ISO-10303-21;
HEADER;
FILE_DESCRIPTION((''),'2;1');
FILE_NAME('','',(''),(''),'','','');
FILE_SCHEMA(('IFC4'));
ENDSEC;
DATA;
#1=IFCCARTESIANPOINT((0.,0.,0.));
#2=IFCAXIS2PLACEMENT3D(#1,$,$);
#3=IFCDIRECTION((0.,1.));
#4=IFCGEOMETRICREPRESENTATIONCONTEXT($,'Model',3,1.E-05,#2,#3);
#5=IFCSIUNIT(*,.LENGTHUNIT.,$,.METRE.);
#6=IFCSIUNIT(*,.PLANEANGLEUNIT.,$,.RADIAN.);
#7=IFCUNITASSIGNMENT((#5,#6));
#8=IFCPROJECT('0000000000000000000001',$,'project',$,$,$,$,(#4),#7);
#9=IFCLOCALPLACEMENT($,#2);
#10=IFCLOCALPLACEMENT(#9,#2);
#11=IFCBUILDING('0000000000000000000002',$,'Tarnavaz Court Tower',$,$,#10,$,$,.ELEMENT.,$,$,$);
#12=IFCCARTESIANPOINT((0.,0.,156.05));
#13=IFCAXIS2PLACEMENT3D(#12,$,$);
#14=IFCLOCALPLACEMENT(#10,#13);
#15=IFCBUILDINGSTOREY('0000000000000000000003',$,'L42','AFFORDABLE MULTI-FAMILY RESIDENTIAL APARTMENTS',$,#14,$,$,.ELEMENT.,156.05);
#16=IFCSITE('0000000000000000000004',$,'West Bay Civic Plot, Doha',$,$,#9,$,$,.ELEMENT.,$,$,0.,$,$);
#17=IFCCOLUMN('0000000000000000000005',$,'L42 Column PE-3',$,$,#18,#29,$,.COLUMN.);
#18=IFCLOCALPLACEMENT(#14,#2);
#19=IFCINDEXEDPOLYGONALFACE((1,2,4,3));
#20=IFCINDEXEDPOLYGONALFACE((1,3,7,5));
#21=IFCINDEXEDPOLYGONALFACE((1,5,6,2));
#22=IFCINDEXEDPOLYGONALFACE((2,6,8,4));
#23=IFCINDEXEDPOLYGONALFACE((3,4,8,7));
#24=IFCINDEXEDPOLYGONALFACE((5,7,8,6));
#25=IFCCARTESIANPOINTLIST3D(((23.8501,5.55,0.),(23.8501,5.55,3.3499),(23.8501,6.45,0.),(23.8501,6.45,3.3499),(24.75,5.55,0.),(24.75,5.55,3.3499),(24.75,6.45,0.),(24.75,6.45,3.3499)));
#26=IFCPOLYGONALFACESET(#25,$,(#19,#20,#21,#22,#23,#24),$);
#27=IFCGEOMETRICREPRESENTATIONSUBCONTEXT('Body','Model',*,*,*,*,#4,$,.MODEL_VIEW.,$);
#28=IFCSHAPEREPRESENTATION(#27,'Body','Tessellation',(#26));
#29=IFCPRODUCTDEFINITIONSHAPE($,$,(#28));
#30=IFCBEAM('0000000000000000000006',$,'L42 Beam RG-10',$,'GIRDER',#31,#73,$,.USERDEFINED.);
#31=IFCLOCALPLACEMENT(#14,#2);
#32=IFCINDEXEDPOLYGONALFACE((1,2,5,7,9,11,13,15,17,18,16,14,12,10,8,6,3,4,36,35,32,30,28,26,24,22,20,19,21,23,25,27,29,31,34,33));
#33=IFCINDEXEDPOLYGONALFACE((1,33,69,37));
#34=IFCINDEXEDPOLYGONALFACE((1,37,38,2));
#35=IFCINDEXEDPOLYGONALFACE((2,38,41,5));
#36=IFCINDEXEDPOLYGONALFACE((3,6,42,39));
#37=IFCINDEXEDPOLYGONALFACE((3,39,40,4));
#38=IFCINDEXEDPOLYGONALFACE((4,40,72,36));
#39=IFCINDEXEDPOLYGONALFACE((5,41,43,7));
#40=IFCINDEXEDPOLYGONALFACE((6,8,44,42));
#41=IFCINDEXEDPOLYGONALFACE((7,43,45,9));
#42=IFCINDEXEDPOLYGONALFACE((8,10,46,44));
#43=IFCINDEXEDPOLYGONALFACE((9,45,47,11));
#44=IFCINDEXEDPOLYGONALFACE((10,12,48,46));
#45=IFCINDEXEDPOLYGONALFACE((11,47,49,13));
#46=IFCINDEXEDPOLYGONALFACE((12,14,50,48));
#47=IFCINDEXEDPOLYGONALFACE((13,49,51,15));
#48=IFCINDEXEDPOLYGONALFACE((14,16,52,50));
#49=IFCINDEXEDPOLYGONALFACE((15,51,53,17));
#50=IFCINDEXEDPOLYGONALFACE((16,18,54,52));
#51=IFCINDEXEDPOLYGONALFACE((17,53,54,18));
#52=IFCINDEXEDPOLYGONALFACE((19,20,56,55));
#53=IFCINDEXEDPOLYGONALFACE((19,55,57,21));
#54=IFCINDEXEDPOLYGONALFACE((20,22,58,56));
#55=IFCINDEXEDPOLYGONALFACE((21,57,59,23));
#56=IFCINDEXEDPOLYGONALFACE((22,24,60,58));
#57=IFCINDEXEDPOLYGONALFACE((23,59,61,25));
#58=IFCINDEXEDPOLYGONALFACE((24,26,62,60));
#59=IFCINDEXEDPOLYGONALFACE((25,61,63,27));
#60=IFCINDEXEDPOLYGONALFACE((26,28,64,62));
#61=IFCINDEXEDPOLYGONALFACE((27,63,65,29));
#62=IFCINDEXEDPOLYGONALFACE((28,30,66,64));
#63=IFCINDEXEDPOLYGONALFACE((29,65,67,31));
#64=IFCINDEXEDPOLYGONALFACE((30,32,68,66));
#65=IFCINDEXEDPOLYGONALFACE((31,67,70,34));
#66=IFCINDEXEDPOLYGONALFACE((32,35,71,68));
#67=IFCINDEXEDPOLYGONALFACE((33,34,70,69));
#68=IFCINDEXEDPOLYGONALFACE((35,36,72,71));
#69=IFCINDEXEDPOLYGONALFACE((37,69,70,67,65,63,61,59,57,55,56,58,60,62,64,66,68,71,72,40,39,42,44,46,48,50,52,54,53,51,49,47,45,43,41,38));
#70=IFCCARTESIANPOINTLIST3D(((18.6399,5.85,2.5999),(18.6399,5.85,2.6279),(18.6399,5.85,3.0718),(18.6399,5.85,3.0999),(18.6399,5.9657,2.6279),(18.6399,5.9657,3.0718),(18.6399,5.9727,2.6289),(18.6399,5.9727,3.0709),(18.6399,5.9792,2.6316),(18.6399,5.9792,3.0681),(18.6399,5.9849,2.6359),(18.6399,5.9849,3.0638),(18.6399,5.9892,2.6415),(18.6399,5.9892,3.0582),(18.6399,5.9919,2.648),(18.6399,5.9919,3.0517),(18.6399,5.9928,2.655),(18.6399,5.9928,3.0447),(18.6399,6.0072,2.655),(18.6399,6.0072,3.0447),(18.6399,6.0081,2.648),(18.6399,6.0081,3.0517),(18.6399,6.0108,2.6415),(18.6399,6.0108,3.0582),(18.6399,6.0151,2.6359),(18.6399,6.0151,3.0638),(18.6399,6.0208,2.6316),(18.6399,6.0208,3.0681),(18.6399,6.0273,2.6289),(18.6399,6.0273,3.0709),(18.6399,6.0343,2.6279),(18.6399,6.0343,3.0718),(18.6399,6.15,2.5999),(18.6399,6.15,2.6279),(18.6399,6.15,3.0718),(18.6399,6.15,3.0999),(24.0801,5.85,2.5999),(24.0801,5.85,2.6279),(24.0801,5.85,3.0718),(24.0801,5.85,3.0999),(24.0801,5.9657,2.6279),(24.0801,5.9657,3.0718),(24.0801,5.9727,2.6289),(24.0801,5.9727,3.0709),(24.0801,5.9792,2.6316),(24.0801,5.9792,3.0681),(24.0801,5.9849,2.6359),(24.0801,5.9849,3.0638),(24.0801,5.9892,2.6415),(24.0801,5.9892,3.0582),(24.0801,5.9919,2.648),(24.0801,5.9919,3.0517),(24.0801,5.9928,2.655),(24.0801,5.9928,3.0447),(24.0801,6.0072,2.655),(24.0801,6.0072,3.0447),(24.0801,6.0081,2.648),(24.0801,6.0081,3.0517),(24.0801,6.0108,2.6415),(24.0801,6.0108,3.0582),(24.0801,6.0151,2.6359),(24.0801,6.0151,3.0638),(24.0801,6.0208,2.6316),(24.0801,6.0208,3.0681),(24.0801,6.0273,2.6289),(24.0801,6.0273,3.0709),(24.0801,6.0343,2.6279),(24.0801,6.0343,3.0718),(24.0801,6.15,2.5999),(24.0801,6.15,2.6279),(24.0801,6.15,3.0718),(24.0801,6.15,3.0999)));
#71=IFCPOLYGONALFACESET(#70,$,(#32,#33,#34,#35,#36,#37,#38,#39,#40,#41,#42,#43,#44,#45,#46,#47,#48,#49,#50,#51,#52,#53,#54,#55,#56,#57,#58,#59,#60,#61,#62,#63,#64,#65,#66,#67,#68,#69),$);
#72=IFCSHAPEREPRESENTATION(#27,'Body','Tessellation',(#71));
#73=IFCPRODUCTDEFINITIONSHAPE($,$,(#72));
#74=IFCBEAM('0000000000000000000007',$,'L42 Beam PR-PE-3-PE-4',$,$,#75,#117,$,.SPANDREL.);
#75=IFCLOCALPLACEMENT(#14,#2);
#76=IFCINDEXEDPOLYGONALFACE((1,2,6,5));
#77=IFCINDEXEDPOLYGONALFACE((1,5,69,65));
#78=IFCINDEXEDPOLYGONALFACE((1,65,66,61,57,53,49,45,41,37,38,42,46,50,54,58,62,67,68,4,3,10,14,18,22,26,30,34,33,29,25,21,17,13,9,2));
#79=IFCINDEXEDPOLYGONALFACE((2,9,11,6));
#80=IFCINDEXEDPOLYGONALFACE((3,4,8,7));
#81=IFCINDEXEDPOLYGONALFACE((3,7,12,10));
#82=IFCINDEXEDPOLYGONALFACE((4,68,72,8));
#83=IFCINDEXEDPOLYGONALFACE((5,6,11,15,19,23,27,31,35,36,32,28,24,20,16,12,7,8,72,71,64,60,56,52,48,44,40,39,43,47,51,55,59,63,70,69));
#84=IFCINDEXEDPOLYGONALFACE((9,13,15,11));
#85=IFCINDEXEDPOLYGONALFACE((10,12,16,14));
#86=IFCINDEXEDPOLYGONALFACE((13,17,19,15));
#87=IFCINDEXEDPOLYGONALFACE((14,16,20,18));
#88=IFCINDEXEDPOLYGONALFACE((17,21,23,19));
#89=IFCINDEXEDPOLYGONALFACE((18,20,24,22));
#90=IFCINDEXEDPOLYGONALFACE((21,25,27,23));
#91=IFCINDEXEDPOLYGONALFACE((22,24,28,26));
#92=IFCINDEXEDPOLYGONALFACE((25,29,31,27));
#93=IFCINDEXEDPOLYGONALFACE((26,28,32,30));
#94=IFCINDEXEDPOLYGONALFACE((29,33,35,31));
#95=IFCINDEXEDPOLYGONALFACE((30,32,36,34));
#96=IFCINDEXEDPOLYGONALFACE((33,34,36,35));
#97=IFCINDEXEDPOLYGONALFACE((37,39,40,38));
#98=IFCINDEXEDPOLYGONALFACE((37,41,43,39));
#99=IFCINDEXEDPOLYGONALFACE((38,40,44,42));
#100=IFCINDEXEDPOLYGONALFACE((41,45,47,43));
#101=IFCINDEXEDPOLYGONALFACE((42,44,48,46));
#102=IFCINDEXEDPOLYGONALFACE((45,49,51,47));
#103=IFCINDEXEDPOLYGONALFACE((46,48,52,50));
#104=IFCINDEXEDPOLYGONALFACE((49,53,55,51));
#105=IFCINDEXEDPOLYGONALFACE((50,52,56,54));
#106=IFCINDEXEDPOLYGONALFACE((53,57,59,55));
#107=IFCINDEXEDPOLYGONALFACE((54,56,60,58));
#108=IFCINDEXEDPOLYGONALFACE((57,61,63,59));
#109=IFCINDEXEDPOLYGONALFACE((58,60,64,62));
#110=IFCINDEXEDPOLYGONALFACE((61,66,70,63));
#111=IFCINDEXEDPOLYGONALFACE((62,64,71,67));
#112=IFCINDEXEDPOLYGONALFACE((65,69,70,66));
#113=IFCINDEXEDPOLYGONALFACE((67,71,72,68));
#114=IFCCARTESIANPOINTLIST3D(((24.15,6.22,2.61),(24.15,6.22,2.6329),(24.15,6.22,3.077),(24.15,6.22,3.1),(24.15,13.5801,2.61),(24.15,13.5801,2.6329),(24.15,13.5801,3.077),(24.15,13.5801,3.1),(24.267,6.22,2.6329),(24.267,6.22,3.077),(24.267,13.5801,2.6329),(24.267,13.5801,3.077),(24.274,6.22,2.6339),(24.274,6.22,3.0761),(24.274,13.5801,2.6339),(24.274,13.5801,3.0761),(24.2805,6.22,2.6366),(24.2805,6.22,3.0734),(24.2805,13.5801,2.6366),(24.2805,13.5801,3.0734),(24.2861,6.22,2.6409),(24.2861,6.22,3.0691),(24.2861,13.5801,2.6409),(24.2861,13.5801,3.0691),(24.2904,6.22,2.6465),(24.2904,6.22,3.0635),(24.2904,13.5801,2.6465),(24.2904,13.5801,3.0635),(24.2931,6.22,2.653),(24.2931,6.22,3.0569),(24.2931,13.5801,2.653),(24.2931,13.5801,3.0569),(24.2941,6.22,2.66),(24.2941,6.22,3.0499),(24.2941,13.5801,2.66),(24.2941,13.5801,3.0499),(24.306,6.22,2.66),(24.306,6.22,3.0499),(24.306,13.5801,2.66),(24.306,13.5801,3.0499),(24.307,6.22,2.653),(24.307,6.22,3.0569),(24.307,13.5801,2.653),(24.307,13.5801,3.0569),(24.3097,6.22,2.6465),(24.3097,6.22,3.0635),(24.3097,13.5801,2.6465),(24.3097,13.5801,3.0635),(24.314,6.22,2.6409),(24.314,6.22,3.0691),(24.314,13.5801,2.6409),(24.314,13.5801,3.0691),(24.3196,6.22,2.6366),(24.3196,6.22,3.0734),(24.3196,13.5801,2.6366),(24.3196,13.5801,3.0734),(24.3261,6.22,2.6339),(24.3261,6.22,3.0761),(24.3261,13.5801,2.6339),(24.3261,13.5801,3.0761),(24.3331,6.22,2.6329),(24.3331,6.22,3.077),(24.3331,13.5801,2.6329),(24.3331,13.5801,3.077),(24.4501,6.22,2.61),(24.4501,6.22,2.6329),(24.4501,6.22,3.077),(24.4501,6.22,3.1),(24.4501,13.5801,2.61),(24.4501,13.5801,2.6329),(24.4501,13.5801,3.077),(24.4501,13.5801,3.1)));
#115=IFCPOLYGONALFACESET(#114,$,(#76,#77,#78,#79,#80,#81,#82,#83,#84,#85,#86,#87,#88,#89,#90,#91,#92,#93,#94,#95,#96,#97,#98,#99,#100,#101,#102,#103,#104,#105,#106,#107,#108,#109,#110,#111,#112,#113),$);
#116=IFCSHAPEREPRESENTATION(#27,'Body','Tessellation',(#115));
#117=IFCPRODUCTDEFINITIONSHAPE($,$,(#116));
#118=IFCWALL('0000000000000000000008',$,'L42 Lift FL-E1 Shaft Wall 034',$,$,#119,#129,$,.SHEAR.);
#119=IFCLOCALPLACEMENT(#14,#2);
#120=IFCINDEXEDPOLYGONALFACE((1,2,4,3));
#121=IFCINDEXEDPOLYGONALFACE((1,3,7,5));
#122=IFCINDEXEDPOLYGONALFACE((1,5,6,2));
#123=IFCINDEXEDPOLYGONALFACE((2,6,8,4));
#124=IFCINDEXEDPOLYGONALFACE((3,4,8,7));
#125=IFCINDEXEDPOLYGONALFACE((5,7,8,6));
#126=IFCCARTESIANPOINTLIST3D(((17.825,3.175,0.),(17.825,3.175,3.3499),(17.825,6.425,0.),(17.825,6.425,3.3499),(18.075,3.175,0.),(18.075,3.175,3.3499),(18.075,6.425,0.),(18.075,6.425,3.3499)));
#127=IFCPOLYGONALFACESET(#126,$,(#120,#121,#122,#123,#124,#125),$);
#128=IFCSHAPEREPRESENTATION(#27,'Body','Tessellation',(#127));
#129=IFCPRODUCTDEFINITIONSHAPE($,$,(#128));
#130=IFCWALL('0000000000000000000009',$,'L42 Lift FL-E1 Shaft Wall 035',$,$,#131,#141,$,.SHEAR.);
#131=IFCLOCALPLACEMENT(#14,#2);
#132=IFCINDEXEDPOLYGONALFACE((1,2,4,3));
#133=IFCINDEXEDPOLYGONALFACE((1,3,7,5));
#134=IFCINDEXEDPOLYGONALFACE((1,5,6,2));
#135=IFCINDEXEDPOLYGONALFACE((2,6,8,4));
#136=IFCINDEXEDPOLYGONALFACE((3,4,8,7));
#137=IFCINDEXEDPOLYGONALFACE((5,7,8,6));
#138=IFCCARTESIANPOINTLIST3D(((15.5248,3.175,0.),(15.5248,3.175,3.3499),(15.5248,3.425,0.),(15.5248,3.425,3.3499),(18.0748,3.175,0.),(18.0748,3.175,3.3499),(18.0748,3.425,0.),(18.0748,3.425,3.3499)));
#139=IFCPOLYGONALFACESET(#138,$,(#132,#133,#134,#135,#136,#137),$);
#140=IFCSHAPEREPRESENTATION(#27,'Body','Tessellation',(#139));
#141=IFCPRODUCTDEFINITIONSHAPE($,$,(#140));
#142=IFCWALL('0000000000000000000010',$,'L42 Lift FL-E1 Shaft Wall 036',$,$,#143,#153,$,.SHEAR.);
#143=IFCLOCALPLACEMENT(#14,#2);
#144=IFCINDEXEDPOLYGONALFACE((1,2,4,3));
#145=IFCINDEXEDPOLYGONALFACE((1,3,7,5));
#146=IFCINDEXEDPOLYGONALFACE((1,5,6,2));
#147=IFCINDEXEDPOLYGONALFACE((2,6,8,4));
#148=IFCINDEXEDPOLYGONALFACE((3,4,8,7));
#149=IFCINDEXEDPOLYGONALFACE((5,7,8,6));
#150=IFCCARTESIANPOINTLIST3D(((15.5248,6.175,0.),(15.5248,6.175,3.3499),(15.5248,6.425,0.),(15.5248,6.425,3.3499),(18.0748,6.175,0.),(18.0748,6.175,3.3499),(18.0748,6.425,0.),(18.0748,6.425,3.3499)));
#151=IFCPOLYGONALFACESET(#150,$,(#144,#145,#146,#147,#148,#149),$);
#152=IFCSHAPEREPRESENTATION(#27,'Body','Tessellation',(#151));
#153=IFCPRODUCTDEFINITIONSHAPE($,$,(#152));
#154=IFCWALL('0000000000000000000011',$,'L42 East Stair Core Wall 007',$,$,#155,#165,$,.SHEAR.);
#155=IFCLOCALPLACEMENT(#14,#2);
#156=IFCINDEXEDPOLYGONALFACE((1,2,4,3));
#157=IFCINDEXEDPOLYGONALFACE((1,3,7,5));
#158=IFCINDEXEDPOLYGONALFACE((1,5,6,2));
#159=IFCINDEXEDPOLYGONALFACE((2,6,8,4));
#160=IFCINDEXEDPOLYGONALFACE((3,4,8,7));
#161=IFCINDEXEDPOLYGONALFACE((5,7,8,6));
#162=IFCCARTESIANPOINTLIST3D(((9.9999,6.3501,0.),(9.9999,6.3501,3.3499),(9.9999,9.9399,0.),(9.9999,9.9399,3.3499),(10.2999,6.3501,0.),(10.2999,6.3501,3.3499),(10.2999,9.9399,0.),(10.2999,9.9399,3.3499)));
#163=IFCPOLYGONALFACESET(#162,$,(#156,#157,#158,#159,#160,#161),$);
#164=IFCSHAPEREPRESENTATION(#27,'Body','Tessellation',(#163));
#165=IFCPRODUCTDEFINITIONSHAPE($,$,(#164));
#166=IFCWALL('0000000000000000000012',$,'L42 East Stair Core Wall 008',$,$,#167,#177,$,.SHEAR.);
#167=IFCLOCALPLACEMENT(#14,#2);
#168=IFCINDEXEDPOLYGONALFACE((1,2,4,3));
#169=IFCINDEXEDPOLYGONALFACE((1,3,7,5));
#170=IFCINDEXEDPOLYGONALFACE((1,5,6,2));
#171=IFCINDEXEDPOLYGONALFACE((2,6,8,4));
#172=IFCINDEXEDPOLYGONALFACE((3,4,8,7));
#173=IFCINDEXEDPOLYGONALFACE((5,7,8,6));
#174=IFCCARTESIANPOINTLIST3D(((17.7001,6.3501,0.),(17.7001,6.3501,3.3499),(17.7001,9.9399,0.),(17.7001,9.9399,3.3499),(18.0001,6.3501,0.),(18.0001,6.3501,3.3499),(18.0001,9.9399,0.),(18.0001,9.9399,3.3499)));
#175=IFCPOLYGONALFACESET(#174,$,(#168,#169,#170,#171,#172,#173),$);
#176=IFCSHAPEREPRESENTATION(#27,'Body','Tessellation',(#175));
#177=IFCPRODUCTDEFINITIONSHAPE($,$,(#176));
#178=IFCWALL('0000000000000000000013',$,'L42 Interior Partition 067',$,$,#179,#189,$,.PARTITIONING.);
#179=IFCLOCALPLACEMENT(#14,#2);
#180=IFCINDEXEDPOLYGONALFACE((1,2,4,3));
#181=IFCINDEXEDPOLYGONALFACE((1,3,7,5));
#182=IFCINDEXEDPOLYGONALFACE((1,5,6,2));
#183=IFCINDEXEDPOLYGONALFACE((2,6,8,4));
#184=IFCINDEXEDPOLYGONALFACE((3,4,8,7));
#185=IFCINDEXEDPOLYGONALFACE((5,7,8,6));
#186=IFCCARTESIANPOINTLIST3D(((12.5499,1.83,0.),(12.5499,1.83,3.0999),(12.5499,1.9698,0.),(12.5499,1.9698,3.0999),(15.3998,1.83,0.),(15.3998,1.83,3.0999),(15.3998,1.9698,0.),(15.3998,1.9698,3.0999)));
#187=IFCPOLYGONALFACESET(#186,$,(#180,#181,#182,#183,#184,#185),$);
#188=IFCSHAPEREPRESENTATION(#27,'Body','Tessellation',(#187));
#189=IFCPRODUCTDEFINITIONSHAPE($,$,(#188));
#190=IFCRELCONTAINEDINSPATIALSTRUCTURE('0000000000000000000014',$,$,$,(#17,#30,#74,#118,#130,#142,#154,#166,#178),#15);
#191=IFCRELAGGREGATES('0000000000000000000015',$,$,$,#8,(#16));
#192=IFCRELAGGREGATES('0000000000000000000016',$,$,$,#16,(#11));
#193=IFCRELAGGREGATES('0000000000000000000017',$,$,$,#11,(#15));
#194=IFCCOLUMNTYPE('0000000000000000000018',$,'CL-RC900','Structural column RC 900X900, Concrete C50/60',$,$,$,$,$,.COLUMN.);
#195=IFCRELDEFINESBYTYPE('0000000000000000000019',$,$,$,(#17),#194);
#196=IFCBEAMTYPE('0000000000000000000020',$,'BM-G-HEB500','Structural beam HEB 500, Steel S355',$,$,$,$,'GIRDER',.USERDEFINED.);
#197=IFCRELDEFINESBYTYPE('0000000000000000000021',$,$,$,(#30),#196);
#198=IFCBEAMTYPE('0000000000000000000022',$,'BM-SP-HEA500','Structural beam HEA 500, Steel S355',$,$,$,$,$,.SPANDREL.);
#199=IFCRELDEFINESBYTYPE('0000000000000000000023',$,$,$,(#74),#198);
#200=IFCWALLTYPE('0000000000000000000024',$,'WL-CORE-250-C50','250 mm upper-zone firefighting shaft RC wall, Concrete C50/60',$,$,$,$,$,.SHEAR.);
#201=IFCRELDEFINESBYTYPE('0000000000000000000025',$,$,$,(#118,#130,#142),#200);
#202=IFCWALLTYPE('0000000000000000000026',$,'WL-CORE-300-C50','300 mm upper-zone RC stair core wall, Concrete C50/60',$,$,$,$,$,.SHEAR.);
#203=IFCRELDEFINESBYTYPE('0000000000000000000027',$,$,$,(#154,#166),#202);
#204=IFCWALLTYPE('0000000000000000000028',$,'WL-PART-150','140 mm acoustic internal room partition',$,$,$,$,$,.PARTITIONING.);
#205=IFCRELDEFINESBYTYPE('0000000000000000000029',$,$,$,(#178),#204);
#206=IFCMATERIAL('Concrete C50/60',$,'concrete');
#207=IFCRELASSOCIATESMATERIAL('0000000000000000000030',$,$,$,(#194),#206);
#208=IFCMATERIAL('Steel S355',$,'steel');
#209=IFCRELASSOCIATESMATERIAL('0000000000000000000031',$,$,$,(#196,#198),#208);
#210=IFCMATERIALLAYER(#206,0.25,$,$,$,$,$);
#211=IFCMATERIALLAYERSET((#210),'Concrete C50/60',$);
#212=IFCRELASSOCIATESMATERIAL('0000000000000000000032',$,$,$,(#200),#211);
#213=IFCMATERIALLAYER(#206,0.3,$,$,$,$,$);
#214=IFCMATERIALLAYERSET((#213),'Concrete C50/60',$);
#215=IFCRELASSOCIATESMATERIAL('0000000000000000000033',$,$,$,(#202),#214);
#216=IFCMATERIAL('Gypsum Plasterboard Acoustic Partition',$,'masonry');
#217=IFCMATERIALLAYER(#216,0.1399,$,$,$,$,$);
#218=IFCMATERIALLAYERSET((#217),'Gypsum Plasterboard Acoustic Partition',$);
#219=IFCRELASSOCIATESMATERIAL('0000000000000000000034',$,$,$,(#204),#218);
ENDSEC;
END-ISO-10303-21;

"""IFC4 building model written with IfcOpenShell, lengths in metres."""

from ifc_helpers import new_model, si_unit, direction, frame, frame_2d, origin, origin_2d, place, context, subcontext, project, spatial, rectangle, i_section, extrude, material, layer, layer_set, material_profile, profile_set, type_object, element, save


model = new_model("IFC4")

# Units and contexts
model_context = context("Model", 3, precision=1e-05, world=origin(), true_north=direction((0.0, 1.0)))
body_context = subcontext(model_context, "Body", "Model", "MODEL_VIEW")
ifc_project = project(units=[si_unit("LENGTHUNIT", "METRE"), si_unit("PLANEANGLEUNIT", "RADIAN")], contexts=[model_context])

# Site, building, storey
site_placement = place(None, origin())
site = spatial("IfcSite", under=ifc_project, at=site_placement, Name="West Bay Civic Plot, Doha", CompositionType="ELEMENT", RefElevation=0.0)
building_placement = place(site_placement, origin())
building = spatial("IfcBuilding", under=site, at=building_placement, Name="Tarnavaz Court Tower", CompositionType="ELEMENT")
storey_placement = place(building_placement, frame((0.0, 0.0, 156.05)))
storey = spatial("IfcBuildingStorey", under=building, at=storey_placement, Name="L42", Description="AFFORDABLE MULTI-FAMILY RESIDENTIAL APARTMENTS", CompositionType="ELEMENT", Elevation=156.05)

# Column
ifc_material_1 = material(Name="Concrete C50/60", Category="concrete")
ifc_material_profile_1 = material_profile(ifc_material_1, rectangle(XDim=0.8999, YDim=0.8999, at=origin_2d()), Name="RC 900X900")
ifc_profile_set_1 = profile_set([ifc_material_profile_1], Name="Concrete C50/60")
column_type = type_object("IfcColumnType", Name="CL-RC900", Description="Structural column RC 900X900, Concrete C50/60", PredefinedType="COLUMN", material=ifc_profile_set_1)
column_placement = place(storey_placement, frame((24.3, 6.0, 0.0), z_axis=(0.0, 0.0, 1.0), x_axis=(1.0, 0.0, 0.0)))
element("IfcColumn", 1, at=column_placement, inside=storey, type_object=column_type, Name="L42 Column PE-3", PredefinedType="COLUMN", context=body_context, shape_type="SweptSolid", body=[
    extrude(rectangle(XDim=0.8999, YDim=0.8999, at=origin_2d()), origin(), (0.0, 0.0, 1.0), 3.3499),
])

# Beams
ifc_material_2 = material(Name="Steel S355", Category="steel")
ifc_material_profile_2 = material_profile(ifc_material_2, i_section(OverallWidth=0.3, OverallDepth=0.5, WebThickness=0.0144, FlangeThickness=0.0281, FilletRadius=0.0271, at=origin_2d()), Name="HEB 500")
ifc_profile_set_2 = profile_set([ifc_material_profile_2], Name="Steel S355")
beam_type_1 = type_object("IfcBeamType", Name="BM-G-HEB500", Description="Structural beam HEB 500, Steel S355", ElementType="GIRDER", PredefinedType="USERDEFINED", material=ifc_profile_set_2)
beam_1_placement = place(storey_placement, frame((18.6399, 6.0, 2.8499), z_axis=(1.0, 0.0, 0.0), x_axis=(0.0, 1.0, 0.0)))
element("IfcBeam", 2, at=beam_1_placement, inside=storey, type_object=beam_type_1, Name="L42 Beam RG-10", ObjectType="GIRDER", PredefinedType="USERDEFINED", context=body_context, shape_type="SweptSolid", body=[
    extrude(i_section(OverallWidth=0.3, OverallDepth=0.5, WebThickness=0.0144, FlangeThickness=0.0281, FilletRadius=0.0271, at=origin_2d()), origin(), (0.0, 0.0, 1.0), 5.4402),
])
ifc_material_profile_3 = material_profile(ifc_material_2, i_section(OverallWidth=0.3, OverallDepth=0.49, WebThickness=0.012, FlangeThickness=0.0229, FilletRadius=0.0271, at=origin_2d()), Name="HEA 500")
ifc_profile_set_3 = profile_set([ifc_material_profile_3], Name="Steel S355")
beam_type_2 = type_object("IfcBeamType", Name="BM-SP-HEA500", Description="Structural beam HEA 500, Steel S355", PredefinedType="SPANDREL", material=ifc_profile_set_3)
beam_2_placement = place(storey_placement, frame((24.3, 6.22, 2.855), z_axis=(0.0, 1.0, 0.0), x_axis=(-1.0, 0.0, 0.0)))
element("IfcBeam", 3, at=beam_2_placement, inside=storey, type_object=beam_type_2, Name="L42 Beam PR-PE-3-PE-4", PredefinedType="SPANDREL", context=body_context, shape_type="SweptSolid", body=[
    extrude(i_section(OverallWidth=0.3, OverallDepth=0.49, WebThickness=0.012, FlangeThickness=0.0229, FilletRadius=0.0271, at=origin_2d()), origin(), (0.0, 0.0, 1.0), 7.3601),
])

# Shared definitions
ifc_layer_1 = layer(ifc_material_1, 0.25)
ifc_layer_set_1 = layer_set([ifc_layer_1], Name="Concrete C50/60")
wall_type_1 = type_object("IfcWallType", Name="WL-CORE-250-C50", Description="250 mm upper-zone firefighting shaft RC wall, Concrete C50/60", PredefinedType="SHEAR", material=ifc_layer_set_1)

# Walls
wall_1_placement = place(storey_placement, frame((17.95, 3.175, 0.0), z_axis=(0.0, 0.0, 1.0), x_axis=(0.0, 1.0, 0.0)))
element("IfcWall", 4, at=wall_1_placement, inside=storey, type_object=wall_type_1, Name="L42 Lift FL-E1 Shaft Wall 034", PredefinedType="SHEAR", context=body_context, shape_type="SweptSolid", body=[
    extrude(rectangle(XDim=3.25, YDim=0.25, at=frame_2d((1.625, 0.0))), origin(), (0.0, 0.0, 1.0), 3.3499),
])
for number, where, z_axis, x_axis, name in (
    (5, (15.5249, 3.3, 0.0), (0.0, 0.0, 1.0), (1.0, 0.0, 0.0), "L42 Lift FL-E1 Shaft Wall 035"),
    (6, (15.5249, 6.3, 0.0), (0.0, 0.0, 1.0), (1.0, 0.0, 0.0), "L42 Lift FL-E1 Shaft Wall 036"),
):
    element("IfcWall", number, at=place(storey_placement, frame(where, z_axis=z_axis, x_axis=x_axis)), inside=storey, type_object=wall_type_1, Name=name, PredefinedType="SHEAR", context=body_context, shape_type="SweptSolid", body=[
        extrude(rectangle(XDim=2.55, YDim=0.25, at=frame_2d((1.2749, 0.0))), origin(), (0.0, 0.0, 1.0), 3.3499),
    ])
ifc_layer_2 = layer(ifc_material_1, 0.3)
ifc_layer_set_2 = layer_set([ifc_layer_2], Name="Concrete C50/60")
wall_type_2 = type_object("IfcWallType", Name="WL-CORE-300-C50", Description="300 mm upper-zone RC stair core wall, Concrete C50/60", PredefinedType="SHEAR", material=ifc_layer_set_2)
for number, where, z_axis, x_axis, name in (
    (7, (10.1499, 6.3501, 0.0), (0.0, 0.0, 1.0), (0.0, 1.0, 0.0), "L42 East Stair Core Wall 007"),
    (8, (17.8501, 6.3501, 0.0), (0.0, 0.0, 1.0), (0.0, 1.0, 0.0), "L42 East Stair Core Wall 008"),
):
    element("IfcWall", number, at=place(storey_placement, frame(where, z_axis=z_axis, x_axis=x_axis)), inside=storey, type_object=wall_type_2, Name=name, PredefinedType="SHEAR", context=body_context, shape_type="SweptSolid", body=[
        extrude(rectangle(XDim=3.5898, YDim=0.3, at=frame_2d((1.7949, 0.0))), origin(), (0.0, 0.0, 1.0), 3.3499),
    ])

# Wall
ifc_material_3 = material(Name="Gypsum Plasterboard Acoustic Partition", Category="masonry")
ifc_layer_3 = layer(ifc_material_3, 0.1399)
ifc_layer_set_3 = layer_set([ifc_layer_3], Name="Gypsum Plasterboard Acoustic Partition")
wall_type_3 = type_object("IfcWallType", Name="WL-PART-150", Description="140 mm acoustic internal room partition", PredefinedType="PARTITIONING", material=ifc_layer_set_3)
wall_2_placement = place(storey_placement, frame((12.55, 1.8999, 0.0), z_axis=(0.0, 0.0, 1.0), x_axis=(1.0, 0.0, 0.0)))
element("IfcWall", 9, at=wall_2_placement, inside=storey, type_object=wall_type_3, Name="L42 Interior Partition 067", PredefinedType="PARTITIONING", context=body_context, shape_type="SweptSolid", body=[
    extrude(rectangle(XDim=2.8499, YDim=0.1399, at=frame_2d((1.4248, 0.0))), origin(), (0.0, 0.0, 1.0), 3.0999),
])

save(model, "model.ifc")
